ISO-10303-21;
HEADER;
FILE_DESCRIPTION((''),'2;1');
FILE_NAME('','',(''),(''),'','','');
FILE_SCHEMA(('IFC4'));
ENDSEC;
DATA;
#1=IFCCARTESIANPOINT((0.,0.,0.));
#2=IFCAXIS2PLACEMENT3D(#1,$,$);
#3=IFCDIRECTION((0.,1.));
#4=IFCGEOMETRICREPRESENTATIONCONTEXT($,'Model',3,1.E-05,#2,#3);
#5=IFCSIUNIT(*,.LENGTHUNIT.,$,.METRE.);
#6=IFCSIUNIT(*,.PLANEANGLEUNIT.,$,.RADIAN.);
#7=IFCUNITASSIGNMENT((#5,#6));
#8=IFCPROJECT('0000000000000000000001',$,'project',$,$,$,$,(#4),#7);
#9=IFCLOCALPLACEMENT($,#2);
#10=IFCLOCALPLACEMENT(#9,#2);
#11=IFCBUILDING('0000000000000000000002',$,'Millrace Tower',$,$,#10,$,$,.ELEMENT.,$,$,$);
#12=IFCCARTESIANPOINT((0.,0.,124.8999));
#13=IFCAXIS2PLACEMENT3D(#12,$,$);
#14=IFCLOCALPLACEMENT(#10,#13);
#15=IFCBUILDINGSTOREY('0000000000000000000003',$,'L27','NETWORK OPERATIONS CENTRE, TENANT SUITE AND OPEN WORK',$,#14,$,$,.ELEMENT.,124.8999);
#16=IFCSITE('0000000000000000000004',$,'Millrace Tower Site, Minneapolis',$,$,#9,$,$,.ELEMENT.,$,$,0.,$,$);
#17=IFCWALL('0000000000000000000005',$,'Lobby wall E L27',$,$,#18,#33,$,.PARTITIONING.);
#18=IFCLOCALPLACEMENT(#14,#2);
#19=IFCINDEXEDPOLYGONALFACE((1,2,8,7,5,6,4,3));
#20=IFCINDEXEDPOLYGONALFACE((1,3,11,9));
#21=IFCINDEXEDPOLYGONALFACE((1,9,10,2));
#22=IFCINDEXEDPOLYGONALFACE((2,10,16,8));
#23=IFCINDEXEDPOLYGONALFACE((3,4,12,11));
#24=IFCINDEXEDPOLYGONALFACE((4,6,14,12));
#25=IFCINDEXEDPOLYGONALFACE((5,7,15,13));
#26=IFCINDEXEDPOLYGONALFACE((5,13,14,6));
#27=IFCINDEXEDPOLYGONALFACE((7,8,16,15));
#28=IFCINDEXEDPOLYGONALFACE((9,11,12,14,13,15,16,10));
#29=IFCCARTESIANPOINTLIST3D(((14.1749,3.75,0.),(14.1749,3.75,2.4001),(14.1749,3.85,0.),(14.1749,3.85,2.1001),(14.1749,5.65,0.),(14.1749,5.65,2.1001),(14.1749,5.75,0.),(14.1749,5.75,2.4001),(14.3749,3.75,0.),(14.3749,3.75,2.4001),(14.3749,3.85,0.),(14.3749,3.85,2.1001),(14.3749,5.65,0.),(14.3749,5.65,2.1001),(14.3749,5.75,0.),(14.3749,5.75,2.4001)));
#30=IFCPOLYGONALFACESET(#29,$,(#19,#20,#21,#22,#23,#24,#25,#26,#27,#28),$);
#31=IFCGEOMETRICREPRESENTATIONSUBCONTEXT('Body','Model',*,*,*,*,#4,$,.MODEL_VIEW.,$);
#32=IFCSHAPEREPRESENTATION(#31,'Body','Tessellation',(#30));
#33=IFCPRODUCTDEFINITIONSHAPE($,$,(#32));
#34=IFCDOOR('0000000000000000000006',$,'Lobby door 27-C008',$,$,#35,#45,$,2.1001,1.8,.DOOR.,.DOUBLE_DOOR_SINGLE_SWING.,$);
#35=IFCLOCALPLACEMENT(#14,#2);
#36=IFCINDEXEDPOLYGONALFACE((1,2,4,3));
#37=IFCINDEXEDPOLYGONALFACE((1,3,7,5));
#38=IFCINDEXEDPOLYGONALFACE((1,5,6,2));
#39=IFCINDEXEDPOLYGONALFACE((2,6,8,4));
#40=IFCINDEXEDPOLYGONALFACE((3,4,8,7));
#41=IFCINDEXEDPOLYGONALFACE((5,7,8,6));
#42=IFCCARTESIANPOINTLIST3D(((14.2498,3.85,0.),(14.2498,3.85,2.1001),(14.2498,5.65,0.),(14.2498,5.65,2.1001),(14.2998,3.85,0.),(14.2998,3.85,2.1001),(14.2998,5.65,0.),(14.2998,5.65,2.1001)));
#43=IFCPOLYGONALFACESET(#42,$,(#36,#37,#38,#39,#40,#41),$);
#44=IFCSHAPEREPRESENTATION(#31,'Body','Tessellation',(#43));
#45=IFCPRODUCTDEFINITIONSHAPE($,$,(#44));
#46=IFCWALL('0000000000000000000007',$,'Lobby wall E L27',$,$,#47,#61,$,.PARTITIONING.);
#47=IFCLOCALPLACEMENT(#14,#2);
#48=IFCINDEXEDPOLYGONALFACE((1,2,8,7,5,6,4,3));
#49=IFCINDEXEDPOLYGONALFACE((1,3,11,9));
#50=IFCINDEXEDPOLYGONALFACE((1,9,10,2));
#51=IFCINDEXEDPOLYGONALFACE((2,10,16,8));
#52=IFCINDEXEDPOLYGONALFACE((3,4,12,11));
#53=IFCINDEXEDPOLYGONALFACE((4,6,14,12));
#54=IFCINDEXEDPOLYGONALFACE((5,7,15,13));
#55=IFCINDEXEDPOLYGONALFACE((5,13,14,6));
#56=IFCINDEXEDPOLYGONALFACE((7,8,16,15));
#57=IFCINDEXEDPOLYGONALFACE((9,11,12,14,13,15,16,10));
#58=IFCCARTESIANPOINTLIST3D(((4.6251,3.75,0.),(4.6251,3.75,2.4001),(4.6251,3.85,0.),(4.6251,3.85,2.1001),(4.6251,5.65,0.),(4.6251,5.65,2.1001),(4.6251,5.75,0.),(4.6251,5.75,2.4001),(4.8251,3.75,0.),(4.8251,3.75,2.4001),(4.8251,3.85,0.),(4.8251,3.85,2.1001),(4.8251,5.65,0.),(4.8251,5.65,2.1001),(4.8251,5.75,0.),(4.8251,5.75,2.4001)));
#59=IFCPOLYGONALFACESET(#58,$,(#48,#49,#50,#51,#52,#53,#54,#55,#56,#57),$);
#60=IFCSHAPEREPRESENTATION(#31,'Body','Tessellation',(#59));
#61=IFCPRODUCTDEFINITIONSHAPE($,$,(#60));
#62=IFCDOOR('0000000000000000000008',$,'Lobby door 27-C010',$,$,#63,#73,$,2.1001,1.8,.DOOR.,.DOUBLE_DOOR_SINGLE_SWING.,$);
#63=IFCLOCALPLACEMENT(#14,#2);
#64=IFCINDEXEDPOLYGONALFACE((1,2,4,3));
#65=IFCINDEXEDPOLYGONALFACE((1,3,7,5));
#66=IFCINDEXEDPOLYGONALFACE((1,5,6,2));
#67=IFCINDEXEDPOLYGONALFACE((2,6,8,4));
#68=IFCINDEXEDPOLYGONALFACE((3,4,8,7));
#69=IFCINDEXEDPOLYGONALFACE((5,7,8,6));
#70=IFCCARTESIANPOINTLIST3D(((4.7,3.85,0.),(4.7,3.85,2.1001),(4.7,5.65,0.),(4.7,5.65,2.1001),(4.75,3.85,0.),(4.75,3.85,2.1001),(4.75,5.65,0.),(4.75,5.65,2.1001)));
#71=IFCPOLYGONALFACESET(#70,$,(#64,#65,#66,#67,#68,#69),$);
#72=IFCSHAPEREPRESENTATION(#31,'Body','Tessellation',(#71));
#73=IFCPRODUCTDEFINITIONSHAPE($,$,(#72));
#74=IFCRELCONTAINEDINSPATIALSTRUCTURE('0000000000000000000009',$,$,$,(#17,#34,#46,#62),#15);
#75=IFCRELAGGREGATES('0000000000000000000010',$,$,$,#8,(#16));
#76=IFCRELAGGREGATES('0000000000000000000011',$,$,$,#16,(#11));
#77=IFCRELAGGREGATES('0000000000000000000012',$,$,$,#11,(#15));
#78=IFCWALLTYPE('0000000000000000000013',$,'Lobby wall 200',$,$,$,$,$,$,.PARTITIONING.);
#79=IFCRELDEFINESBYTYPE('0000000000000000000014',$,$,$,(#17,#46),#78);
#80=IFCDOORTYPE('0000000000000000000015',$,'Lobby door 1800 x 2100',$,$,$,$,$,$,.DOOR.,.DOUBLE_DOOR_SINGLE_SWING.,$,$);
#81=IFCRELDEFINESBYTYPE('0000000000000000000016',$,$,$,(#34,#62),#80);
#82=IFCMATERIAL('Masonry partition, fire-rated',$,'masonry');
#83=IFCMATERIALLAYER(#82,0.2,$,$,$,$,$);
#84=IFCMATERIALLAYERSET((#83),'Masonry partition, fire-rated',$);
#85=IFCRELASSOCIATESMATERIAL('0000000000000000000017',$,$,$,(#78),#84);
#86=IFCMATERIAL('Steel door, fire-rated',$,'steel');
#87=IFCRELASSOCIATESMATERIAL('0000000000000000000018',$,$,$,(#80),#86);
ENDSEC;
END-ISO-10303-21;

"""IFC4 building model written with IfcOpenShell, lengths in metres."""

from ifc_helpers import new_model, si_unit, direction, frame, frame_2d, origin, place, context, subcontext, project, spatial, rectangle, extrude, material, layer, layer_set, type_object, element, fill, save


model = new_model("IFC4")

# Units and contexts
model_context = context("Model", 3, precision=1e-05, world=origin(), true_north=direction((0.0, 1.0)))
body_context = subcontext(model_context, "Body", "Model", "MODEL_VIEW")
ifc_project = project(units=[si_unit("LENGTHUNIT", "METRE"), si_unit("PLANEANGLEUNIT", "RADIAN")], contexts=[model_context])

# Site, building, storey
site_placement = place(None, origin())
site = spatial("IfcSite", under=ifc_project, at=site_placement, Name="Millrace Tower Site, Minneapolis", CompositionType="ELEMENT", RefElevation=0.0)
building_placement = place(site_placement, origin())
building = spatial("IfcBuilding", under=site, at=building_placement, Name="Millrace Tower", CompositionType="ELEMENT")
storey_placement = place(building_placement, frame((0.0, 0.0, 124.8999)))
storey = spatial("IfcBuildingStorey", under=building, at=storey_placement, Name="L27", Description="NETWORK OPERATIONS CENTRE, TENANT SUITE AND OPEN WORK", CompositionType="ELEMENT", Elevation=124.8999)

# Walls, openings, doors
ifc_material_1 = material(Name="Masonry partition, fire-rated", Category="masonry")
ifc_layer_1 = layer(ifc_material_1, 0.2)
ifc_layer_set_1 = layer_set([ifc_layer_1], Name="Masonry partition, fire-rated")
wall_type_1 = type_object("IfcWallType", Name="Lobby wall 200", PredefinedType="PARTITIONING", material=ifc_layer_set_1)
wall_1_placement = place(storey_placement, frame((14.2749, 5.75, 0.0), z_axis=(0.0, 0.0, 1.0), x_axis=(0.0, -1.0, 0.0)))
wall_1 = element("IfcWall", 1, at=wall_1_placement, inside=storey, type_object=wall_type_1, Name="Lobby wall E L27", PredefinedType="PARTITIONING", context=body_context, shape_type="SweptSolid", body=[
    extrude(rectangle(XDim=2.0, YDim=0.2, at=frame_2d((1.0, 0.0))), origin(), (0.0, 0.0, 1.0), 2.4001),
])
opening_1_placement = place(wall_1_placement, frame((0.1001, 0.0, 0.0)))
opening_1 = element("IfcOpeningElement", 2, at=opening_1_placement, cuts=wall_1, PredefinedType="OPENING", context=body_context, shape_type="SweptSolid", body=[
    extrude(rectangle(XDim=1.8, YDim=2.1001, at=frame_2d((0.8999, 1.05))), frame((0.0, 0.1099, 0.0), z_axis=(0.0, -1.0, 0.0), x_axis=(1.0, 0.0, 0.0)), (0.0, 0.0, 1.0), 0.22),
])
ifc_material_2 = material(Name="Steel door, fire-rated", Category="steel")
door_type_1 = type_object("IfcDoorType", Name="Lobby door 1800 x 2100", OperationType="DOUBLE_DOOR_SINGLE_SWING", PredefinedType="DOOR", material=ifc_material_2)
door_1_placement = place(opening_1_placement, origin())
door_1 = element("IfcDoor", 3, at=door_1_placement, inside=storey, type_object=door_type_1, Name="Lobby door 27-C008", OperationType="DOUBLE_DOOR_SINGLE_SWING", OverallHeight=2.1001, OverallWidth=1.8, PredefinedType="DOOR", context=body_context, shape_type="SweptSolid", body=[
    extrude(rectangle(XDim=1.8, YDim=2.1001, at=frame_2d((0.8999, 1.05))), frame((0.0, 0.0249, 0.0), z_axis=(0.0, -1.0, 0.0), x_axis=(1.0, 0.0, 0.0)), (0.0, 0.0, 1.0), 0.05),
])
fill(opening_1, door_1)
wall_2_placement = place(storey_placement, frame((4.7251, 5.75, 0.0), z_axis=(0.0, 0.0, 1.0), x_axis=(0.0, -1.0, 0.0)))
wall_2 = element("IfcWall", 4, at=wall_2_placement, inside=storey, type_object=wall_type_1, Name="Lobby wall E L27", PredefinedType="PARTITIONING", context=body_context, shape_type="SweptSolid", body=[
    extrude(rectangle(XDim=2.0, YDim=0.2, at=frame_2d((1.0, 0.0))), origin(), (0.0, 0.0, 1.0), 2.4001),
])
opening_2_placement = place(wall_2_placement, frame((0.1001, 0.0, 0.0)))
opening_2 = element("IfcOpeningElement", 5, at=opening_2_placement, cuts=wall_2, PredefinedType="OPENING", context=body_context, shape_type="SweptSolid", body=[
    extrude(rectangle(XDim=1.8, YDim=2.1001, at=frame_2d((0.8999, 1.05))), frame((0.0, 0.1099, 0.0), z_axis=(0.0, -1.0, 0.0), x_axis=(1.0, 0.0, 0.0)), (0.0, 0.0, 1.0), 0.22),
])
door_2_placement = place(opening_2_placement, origin())
door_2 = element("IfcDoor", 6, at=door_2_placement, inside=storey, type_object=door_type_1, Name="Lobby door 27-C010", OperationType="DOUBLE_DOOR_SINGLE_SWING", OverallHeight=2.1001, OverallWidth=1.8, PredefinedType="DOOR", context=body_context, shape_type="SweptSolid", body=[
    extrude(rectangle(XDim=1.8, YDim=2.1001, at=frame_2d((0.8999, 1.05))), frame((0.0, 0.0249, 0.0), z_axis=(0.0, -1.0, 0.0), x_axis=(1.0, 0.0, 0.0)), (0.0, 0.0, 1.0), 0.05),
])
fill(opening_2, door_2)

save(model, "model.ifc")
